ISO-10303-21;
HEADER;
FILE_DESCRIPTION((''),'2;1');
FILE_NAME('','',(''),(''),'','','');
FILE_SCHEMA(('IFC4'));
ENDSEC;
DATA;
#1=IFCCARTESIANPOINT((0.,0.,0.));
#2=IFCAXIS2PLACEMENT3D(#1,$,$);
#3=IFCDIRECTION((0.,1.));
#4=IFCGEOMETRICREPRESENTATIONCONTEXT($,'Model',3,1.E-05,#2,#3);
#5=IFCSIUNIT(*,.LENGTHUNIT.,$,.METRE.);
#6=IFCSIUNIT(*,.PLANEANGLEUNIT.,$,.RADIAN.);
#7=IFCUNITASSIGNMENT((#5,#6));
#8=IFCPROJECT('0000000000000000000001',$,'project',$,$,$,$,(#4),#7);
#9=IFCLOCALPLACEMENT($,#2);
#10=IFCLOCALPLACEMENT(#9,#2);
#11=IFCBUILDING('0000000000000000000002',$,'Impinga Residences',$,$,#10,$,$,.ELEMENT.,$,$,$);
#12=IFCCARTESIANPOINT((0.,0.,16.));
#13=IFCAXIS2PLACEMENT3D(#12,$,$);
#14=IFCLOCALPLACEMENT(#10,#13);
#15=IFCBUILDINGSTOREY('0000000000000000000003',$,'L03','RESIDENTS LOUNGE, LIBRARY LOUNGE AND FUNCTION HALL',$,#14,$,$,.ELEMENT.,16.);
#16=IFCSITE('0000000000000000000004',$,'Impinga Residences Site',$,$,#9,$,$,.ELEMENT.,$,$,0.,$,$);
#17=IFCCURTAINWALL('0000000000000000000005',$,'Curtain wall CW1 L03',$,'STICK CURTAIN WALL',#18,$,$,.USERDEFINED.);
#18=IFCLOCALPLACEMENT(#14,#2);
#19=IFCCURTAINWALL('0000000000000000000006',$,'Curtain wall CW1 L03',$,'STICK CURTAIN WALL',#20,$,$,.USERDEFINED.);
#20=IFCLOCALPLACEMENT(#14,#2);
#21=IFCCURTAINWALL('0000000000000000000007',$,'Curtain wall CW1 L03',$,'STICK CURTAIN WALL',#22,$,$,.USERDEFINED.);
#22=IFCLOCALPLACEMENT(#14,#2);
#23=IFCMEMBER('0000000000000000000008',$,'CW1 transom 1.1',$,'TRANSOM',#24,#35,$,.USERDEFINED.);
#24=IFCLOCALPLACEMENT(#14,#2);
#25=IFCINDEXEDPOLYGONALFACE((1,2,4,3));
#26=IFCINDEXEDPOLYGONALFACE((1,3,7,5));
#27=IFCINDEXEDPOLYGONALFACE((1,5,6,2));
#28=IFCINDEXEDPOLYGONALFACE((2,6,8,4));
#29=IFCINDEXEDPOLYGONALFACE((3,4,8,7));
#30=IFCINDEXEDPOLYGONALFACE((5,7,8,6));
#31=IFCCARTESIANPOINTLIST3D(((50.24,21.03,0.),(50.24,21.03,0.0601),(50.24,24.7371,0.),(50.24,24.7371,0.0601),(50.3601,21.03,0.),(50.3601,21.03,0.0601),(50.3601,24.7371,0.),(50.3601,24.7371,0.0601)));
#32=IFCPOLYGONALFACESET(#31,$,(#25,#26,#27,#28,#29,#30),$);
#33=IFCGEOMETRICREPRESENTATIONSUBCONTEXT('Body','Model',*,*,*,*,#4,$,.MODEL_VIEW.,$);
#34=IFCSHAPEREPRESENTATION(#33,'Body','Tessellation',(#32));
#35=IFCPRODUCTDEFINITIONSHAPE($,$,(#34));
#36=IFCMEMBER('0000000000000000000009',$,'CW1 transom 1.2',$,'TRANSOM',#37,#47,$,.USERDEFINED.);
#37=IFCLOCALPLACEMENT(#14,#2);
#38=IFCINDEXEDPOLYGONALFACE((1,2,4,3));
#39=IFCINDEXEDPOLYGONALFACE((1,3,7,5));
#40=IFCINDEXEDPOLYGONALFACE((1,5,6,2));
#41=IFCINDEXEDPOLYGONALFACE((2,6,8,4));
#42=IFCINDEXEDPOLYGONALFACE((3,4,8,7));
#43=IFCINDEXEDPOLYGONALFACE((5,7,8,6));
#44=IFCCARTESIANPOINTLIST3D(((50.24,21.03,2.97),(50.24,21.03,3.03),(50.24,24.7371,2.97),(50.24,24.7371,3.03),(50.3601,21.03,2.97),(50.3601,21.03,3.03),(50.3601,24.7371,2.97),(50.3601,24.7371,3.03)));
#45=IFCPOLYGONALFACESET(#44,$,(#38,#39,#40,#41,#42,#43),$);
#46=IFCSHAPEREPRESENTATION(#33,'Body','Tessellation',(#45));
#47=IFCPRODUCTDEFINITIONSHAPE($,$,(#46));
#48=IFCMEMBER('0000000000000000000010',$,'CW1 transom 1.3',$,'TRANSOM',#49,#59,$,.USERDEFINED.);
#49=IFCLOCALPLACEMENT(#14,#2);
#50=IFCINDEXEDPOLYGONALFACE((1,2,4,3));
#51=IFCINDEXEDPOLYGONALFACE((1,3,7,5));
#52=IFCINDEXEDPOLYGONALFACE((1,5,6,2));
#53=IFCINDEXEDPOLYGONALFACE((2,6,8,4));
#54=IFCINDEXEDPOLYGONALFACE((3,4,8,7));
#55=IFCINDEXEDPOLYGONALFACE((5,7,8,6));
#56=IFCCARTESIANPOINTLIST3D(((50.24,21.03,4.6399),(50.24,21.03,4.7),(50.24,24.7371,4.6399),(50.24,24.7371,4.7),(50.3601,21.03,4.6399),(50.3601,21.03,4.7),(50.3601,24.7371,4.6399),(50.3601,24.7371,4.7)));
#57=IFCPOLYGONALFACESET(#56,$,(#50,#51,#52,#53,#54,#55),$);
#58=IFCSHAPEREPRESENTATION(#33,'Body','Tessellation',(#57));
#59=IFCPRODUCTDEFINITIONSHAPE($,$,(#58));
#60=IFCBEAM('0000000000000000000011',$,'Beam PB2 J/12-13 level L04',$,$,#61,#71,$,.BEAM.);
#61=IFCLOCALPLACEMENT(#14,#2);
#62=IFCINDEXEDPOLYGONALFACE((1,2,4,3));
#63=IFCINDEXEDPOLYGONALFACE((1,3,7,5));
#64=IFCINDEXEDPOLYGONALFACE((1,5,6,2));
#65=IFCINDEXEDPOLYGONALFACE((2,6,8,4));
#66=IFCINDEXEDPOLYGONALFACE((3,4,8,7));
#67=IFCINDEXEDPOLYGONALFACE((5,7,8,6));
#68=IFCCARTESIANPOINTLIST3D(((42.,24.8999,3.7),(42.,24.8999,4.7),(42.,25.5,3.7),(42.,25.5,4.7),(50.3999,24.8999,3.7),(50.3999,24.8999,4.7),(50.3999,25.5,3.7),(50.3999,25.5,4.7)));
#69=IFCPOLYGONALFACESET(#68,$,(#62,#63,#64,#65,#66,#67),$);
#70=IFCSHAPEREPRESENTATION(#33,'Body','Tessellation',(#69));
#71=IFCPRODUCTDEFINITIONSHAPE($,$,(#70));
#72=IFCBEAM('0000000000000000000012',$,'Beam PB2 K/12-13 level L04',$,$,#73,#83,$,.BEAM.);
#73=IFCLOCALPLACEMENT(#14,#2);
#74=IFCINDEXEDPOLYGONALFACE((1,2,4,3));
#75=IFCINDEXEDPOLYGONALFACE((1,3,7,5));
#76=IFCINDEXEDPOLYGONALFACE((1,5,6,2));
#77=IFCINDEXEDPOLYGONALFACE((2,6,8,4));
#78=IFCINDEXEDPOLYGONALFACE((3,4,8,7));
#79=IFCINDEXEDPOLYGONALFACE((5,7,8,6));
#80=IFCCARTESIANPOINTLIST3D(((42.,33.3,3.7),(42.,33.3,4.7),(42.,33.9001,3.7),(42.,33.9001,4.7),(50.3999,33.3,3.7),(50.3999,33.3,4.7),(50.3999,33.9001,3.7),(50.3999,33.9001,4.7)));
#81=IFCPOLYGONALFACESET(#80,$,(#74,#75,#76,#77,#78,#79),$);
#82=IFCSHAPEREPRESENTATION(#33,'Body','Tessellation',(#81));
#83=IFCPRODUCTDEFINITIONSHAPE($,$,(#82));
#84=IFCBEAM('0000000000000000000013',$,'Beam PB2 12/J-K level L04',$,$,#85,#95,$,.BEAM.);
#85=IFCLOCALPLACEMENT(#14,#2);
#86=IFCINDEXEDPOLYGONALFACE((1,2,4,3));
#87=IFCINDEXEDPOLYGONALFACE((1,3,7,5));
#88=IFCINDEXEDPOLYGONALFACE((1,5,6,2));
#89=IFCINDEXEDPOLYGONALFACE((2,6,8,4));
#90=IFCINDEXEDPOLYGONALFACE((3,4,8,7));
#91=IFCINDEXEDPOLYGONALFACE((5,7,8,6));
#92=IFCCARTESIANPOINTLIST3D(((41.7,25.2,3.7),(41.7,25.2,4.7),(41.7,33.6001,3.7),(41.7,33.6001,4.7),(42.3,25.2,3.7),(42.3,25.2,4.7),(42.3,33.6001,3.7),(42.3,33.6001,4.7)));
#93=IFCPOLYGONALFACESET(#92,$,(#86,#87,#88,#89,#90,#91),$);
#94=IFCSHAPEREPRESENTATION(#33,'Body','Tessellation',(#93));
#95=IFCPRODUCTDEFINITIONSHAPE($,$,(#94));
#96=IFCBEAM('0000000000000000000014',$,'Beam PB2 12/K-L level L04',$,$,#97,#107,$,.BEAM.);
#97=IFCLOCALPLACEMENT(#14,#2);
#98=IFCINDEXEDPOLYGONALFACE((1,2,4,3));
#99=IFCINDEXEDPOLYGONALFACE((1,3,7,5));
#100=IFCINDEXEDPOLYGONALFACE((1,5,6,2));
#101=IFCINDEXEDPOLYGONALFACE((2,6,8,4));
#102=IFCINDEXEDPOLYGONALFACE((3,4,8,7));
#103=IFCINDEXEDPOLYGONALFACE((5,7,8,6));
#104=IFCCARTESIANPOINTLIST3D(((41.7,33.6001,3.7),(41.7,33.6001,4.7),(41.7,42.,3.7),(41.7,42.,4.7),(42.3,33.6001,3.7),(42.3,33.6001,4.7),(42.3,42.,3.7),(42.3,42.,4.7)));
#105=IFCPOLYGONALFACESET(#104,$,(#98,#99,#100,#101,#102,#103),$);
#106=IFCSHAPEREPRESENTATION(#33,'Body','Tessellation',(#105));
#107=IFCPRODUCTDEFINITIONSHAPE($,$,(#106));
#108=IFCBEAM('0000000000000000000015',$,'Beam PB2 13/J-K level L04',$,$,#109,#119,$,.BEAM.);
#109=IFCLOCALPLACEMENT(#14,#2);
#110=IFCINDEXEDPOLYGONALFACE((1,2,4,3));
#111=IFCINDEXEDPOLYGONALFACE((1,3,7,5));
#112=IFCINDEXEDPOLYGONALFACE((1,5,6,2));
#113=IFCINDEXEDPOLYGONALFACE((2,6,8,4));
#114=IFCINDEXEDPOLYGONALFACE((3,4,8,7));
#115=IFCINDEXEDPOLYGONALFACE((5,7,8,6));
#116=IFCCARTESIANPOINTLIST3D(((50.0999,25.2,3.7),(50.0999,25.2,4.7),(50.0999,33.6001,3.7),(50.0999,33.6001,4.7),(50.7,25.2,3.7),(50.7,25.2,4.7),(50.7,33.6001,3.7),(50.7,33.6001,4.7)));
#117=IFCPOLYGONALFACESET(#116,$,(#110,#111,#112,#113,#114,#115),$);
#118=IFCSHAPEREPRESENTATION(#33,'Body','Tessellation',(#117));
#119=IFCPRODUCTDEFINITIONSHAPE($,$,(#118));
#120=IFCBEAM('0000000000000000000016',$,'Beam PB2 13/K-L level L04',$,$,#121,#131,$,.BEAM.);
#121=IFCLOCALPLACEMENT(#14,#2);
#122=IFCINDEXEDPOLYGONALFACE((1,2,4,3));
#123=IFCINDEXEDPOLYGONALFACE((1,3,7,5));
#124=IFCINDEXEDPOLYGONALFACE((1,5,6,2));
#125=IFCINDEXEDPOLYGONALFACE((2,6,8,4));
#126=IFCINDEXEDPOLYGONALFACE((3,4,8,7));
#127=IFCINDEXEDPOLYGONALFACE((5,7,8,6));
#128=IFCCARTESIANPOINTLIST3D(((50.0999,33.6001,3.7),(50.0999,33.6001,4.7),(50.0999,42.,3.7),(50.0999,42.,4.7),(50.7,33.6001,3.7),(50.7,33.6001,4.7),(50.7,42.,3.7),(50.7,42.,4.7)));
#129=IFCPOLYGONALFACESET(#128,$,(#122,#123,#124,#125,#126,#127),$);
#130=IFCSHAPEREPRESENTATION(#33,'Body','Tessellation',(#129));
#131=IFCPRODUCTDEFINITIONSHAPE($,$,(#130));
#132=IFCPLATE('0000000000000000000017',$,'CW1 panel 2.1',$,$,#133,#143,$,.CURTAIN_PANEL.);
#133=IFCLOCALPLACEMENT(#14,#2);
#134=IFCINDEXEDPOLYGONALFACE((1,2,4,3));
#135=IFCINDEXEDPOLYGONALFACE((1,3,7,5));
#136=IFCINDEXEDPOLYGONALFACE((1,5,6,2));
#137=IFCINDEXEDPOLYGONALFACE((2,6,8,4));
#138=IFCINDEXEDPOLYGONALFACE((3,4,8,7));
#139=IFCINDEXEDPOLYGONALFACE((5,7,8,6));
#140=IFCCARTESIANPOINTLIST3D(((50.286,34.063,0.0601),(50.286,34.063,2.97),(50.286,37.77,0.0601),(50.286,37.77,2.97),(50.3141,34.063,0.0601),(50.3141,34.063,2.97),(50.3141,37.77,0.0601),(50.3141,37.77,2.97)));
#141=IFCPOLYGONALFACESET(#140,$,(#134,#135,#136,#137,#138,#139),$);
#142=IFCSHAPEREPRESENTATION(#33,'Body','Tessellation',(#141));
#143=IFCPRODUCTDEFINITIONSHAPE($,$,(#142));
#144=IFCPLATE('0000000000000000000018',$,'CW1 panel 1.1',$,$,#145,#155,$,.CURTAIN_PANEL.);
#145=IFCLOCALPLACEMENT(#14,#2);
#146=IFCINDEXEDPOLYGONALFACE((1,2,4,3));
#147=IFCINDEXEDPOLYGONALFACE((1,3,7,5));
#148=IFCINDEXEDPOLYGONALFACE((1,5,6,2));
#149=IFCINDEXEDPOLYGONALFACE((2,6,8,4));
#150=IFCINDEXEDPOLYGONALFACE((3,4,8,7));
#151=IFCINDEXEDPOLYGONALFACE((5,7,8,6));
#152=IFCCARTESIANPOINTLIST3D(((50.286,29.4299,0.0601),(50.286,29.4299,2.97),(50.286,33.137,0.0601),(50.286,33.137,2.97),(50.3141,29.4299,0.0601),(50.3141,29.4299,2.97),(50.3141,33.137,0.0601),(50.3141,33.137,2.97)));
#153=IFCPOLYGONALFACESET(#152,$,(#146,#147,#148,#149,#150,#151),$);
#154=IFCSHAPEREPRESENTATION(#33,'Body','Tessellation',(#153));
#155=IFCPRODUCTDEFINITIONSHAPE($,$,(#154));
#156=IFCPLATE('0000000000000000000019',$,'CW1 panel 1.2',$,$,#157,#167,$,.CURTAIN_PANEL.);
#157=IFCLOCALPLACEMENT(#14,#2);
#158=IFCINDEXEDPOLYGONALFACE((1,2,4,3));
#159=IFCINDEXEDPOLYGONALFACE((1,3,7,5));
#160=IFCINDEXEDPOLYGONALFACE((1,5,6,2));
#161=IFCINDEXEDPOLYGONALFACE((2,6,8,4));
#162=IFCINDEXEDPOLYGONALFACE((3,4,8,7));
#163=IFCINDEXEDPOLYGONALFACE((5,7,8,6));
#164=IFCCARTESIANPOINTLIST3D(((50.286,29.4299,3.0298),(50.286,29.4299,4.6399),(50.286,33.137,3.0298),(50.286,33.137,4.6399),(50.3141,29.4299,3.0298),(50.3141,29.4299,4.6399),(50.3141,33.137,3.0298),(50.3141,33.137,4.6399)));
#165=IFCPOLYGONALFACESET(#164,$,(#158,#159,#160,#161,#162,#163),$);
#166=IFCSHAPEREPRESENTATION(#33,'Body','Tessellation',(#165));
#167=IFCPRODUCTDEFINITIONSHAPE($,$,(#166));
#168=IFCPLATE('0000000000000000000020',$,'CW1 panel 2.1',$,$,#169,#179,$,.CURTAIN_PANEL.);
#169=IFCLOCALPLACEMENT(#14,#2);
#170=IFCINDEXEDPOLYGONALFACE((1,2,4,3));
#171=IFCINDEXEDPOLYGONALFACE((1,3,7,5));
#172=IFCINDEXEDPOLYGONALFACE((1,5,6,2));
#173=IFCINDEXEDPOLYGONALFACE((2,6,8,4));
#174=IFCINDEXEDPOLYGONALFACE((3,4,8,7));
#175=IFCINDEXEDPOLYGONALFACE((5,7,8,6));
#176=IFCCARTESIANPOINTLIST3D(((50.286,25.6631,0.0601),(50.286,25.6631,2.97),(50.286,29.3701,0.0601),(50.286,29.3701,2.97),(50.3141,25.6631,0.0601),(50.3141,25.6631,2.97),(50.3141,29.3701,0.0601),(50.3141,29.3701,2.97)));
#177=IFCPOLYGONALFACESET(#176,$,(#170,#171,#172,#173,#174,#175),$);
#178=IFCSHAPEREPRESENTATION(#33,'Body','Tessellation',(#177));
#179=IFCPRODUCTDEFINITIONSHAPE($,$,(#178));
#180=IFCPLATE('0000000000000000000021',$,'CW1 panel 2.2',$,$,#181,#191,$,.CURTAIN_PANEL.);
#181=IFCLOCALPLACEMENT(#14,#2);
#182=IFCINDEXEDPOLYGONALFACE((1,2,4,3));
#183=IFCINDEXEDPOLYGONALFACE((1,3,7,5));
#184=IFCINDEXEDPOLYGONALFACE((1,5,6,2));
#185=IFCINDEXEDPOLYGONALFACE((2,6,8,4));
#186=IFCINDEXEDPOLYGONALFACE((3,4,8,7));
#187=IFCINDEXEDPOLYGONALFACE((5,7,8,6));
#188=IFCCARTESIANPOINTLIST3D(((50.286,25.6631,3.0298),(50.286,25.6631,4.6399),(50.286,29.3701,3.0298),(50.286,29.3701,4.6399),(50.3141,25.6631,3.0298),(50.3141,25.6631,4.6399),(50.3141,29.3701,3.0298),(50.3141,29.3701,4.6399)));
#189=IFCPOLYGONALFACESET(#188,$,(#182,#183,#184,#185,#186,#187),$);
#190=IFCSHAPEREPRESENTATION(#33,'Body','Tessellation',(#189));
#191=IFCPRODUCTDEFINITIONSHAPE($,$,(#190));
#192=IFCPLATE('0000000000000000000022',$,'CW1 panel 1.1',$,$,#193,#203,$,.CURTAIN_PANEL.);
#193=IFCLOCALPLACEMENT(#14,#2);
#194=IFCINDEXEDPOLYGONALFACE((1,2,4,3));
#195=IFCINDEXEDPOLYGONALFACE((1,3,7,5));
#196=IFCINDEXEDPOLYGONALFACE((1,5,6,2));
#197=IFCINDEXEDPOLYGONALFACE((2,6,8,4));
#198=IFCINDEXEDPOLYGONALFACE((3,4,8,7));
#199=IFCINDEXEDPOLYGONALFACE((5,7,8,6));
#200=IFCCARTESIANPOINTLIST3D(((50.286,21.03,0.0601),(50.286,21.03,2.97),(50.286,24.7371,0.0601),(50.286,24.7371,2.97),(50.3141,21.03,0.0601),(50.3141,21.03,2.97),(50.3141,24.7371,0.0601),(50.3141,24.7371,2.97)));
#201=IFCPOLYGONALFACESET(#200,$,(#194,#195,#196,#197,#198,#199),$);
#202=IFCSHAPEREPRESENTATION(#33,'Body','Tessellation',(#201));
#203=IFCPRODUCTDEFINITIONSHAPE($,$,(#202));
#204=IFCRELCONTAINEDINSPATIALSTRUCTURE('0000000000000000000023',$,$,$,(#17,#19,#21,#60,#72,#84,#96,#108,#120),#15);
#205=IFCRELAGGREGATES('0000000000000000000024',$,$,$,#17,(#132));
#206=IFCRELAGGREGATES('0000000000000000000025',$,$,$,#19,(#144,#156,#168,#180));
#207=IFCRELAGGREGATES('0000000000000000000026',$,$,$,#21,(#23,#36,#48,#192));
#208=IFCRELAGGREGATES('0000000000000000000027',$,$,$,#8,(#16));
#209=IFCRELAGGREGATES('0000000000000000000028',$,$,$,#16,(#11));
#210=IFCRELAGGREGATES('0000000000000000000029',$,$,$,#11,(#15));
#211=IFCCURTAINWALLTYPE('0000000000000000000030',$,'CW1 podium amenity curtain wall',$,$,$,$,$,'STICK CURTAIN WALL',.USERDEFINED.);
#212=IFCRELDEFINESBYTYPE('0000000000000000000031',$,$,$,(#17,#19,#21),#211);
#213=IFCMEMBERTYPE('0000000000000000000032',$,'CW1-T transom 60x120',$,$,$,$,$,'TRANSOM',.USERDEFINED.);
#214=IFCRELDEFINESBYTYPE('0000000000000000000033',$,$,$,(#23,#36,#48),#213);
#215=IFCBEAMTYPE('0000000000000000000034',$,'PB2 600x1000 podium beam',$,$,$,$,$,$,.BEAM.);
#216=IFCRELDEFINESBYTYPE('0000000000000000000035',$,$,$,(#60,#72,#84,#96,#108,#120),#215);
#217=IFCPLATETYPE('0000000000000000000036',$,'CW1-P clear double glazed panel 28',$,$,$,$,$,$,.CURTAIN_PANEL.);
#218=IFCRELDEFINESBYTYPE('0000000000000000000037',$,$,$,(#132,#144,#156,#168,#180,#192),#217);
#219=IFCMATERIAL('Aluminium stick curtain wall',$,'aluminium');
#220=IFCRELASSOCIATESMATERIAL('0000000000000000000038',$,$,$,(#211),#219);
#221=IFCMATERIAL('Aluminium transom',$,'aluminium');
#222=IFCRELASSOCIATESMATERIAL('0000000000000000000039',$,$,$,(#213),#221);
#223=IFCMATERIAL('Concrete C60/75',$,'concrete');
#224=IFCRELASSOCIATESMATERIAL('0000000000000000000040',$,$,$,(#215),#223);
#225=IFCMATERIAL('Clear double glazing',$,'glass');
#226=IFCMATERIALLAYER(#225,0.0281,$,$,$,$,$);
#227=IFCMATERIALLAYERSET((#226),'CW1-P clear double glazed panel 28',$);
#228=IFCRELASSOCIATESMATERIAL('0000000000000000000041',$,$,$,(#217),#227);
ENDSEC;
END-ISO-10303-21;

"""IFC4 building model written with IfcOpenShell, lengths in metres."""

from ifc_helpers import new_model, si_unit, direction, frame, origin, origin_2d, place, context, subcontext, project, spatial, rectangle, extrude, material, layer, layer_set, material_profile, profile_set, type_object, element, aggregate, save


model = new_model("IFC4")

# Units and contexts
model_context = context("Model", 3, precision=1e-05, world=origin(), true_north=direction((0.0, 1.0)))
body_context = subcontext(model_context, "Body", "Model", "MODEL_VIEW")
ifc_project = project(units=[si_unit("LENGTHUNIT", "METRE"), si_unit("PLANEANGLEUNIT", "RADIAN")], contexts=[model_context])

# Site, building, storey
site_placement = place(None, origin())
site = spatial("IfcSite", under=ifc_project, at=site_placement, Name="Impinga Residences Site", CompositionType="ELEMENT", RefElevation=0.0)
building_placement = place(site_placement, origin())
building = spatial("IfcBuilding", under=site, at=building_placement, Name="Impinga Residences", CompositionType="ELEMENT")
storey_placement = place(building_placement, frame((0.0, 0.0, 16.0)))
storey = spatial("IfcBuildingStorey", under=building, at=storey_placement, Name="L03", Description="RESIDENTS LOUNGE, LIBRARY LOUNGE AND FUNCTION HALL", CompositionType="ELEMENT", Elevation=16.0)

# Curtain wall
ifc_material_1 = material(Name="Aluminium stick curtain wall", Category="aluminium")
curtain_wall_type = type_object("IfcCurtainWallType", Name="CW1 podium amenity curtain wall", ElementType="STICK CURTAIN WALL", PredefinedType="USERDEFINED", material=ifc_material_1)
curtain_wall_1_placement = place(storey_placement, origin())
curtain_wall_1 = element("IfcCurtainWall", 1, at=curtain_wall_1_placement, inside=storey, type_object=curtain_wall_type, Name="Curtain wall CW1 L03", ObjectType="STICK CURTAIN WALL", PredefinedType="USERDEFINED")

# Curtain wall
curtain_wall_2_placement = place(storey_placement, origin())
curtain_wall_2 = element("IfcCurtainWall", 2, at=curtain_wall_2_placement, inside=storey, type_object=curtain_wall_type, Name="Curtain wall CW1 L03", ObjectType="STICK CURTAIN WALL", PredefinedType="USERDEFINED")

# Curtain wall
curtain_wall_3_placement = place(storey_placement, origin())
curtain_wall_3 = element("IfcCurtainWall", 3, at=curtain_wall_3_placement, inside=storey, type_object=curtain_wall_type, Name="Curtain wall CW1 L03", ObjectType="STICK CURTAIN WALL", PredefinedType="USERDEFINED")

# Members
ifc_material_2 = material(Name="Aluminium transom", Category="aluminium")
ifc_material_profile_1 = material_profile(ifc_material_2, rectangle(XDim=0.0601, YDim=0.1201, at=origin_2d()), Name="60x120 transom")
ifc_profile_set_1 = profile_set([ifc_material_profile_1], Name="Aluminium transom")
member_type_1 = type_object("IfcMemberType", Name="CW1-T transom 60x120", ElementType="TRANSOM", PredefinedType="USERDEFINED", material=ifc_profile_set_1)
member_1_placement = place(storey_placement, frame((50.3, 24.7371, 0.03), z_axis=(0.0, -1.0, 0.0), x_axis=(0.0, 0.0, 1.0)))
member_1 = element("IfcMember", 4, at=member_1_placement, type_object=member_type_1, Name="CW1 transom 1.1", ObjectType="TRANSOM", PredefinedType="USERDEFINED", context=body_context, shape_type="SweptSolid", body=[
    extrude(rectangle(XDim=0.0601, YDim=0.1201, at=origin_2d()), origin(), (0.0, 0.0, 1.0), 3.707),
])
member_2_placement = place(storey_placement, frame((50.3, 24.7371, 3.0), z_axis=(0.0, -1.0, 0.0), x_axis=(0.0, 0.0, 1.0)))
member_2 = element("IfcMember", 5, at=member_2_placement, type_object=member_type_1, Name="CW1 transom 1.2", ObjectType="TRANSOM", PredefinedType="USERDEFINED", context=body_context, shape_type="SweptSolid", body=[
    extrude(rectangle(XDim=0.0601, YDim=0.1201, at=origin_2d()), origin(), (0.0, 0.0, 1.0), 3.707),
])
member_3_placement = place(storey_placement, frame((50.3, 24.7371, 4.6699), z_axis=(0.0, -1.0, 0.0), x_axis=(0.0, 0.0, 1.0)))
member_3 = element("IfcMember", 6, at=member_3_placement, type_object=member_type_1, Name="CW1 transom 1.3", ObjectType="TRANSOM", PredefinedType="USERDEFINED", context=body_context, shape_type="SweptSolid", body=[
    extrude(rectangle(XDim=0.0601, YDim=0.1201, at=origin_2d()), origin(), (0.0, 0.0, 1.0), 3.707),
])

# Beams
ifc_material_3 = material(Name="Concrete C60/75", Category="concrete")
ifc_material_profile_2 = material_profile(ifc_material_3, rectangle(XDim=0.6001, YDim=1.0, at=origin_2d()), Name="RC 600x1000")
ifc_profile_set_2 = profile_set([ifc_material_profile_2], Name="Concrete C60/75")
beam_type = type_object("IfcBeamType", Name="PB2 600x1000 podium beam", PredefinedType="BEAM", material=ifc_profile_set_2)
for number, where, z_axis, x_axis, name in (
    (7, (42.0, 25.2, 4.2), (1.0, 0.0, 0.0), (0.0, 1.0, 0.0), "Beam PB2 J/12-13 level L04"),
    (8, (42.0, 33.6001, 4.2), (1.0, 0.0, 0.0), (0.0, 1.0, 0.0), "Beam PB2 K/12-13 level L04"),
):
    element("IfcBeam", number, at=place(storey_placement, frame(where, z_axis=z_axis, x_axis=x_axis)), inside=storey, type_object=beam_type, Name=name, PredefinedType="BEAM", context=body_context, shape_type="SweptSolid", body=[
        extrude(rectangle(XDim=0.6001, YDim=1.0, at=origin_2d()), origin(), (0.0, 0.0, 1.0), 8.3999),
    ])
beam_1_placement = place(storey_placement, frame((42.0, 25.2, 4.2), z_axis=(0.0, 1.0, 0.0), x_axis=(-1.0, 0.0, 0.0)))
element("IfcBeam", 9, at=beam_1_placement, inside=storey, type_object=beam_type, Name="Beam PB2 12/J-K level L04", PredefinedType="BEAM", context=body_context, shape_type="SweptSolid", body=[
    extrude(rectangle(XDim=0.6001, YDim=1.0, at=origin_2d()), origin(), (0.0, 0.0, 1.0), 8.4001),
])
beam_2_placement = place(storey_placement, frame((42.0, 33.6001, 4.2), z_axis=(0.0, 1.0, 0.0), x_axis=(-1.0, 0.0, 0.0)))
element("IfcBeam", 10, at=beam_2_placement, inside=storey, type_object=beam_type, Name="Beam PB2 12/K-L level L04", PredefinedType="BEAM", context=body_context, shape_type="SweptSolid", body=[
    extrude(rectangle(XDim=0.6001, YDim=1.0, at=origin_2d()), origin(), (0.0, 0.0, 1.0), 8.3999),
])
beam_3_placement = place(storey_placement, frame((50.3999, 25.2, 4.2), z_axis=(0.0, 1.0, 0.0), x_axis=(-1.0, 0.0, 0.0)))
element("IfcBeam", 11, at=beam_3_placement, inside=storey, type_object=beam_type, Name="Beam PB2 13/J-K level L04", PredefinedType="BEAM", context=body_context, shape_type="SweptSolid", body=[
    extrude(rectangle(XDim=0.6001, YDim=1.0, at=origin_2d()), origin(), (0.0, 0.0, 1.0), 8.4001),
])
beam_4_placement = place(storey_placement, frame((50.3999, 33.6001, 4.2), z_axis=(0.0, 1.0, 0.0), x_axis=(-1.0, 0.0, 0.0)))
element("IfcBeam", 12, at=beam_4_placement, inside=storey, type_object=beam_type, Name="Beam PB2 13/K-L level L04", PredefinedType="BEAM", context=body_context, shape_type="SweptSolid", body=[
    extrude(rectangle(XDim=0.6001, YDim=1.0, at=origin_2d()), origin(), (0.0, 0.0, 1.0), 8.3999),
])

# Plates
ifc_material_4 = material(Name="Clear double glazing", Category="glass")
ifc_layer = layer(ifc_material_4, 0.0281)
ifc_layer_set = layer_set([ifc_layer], Name="CW1-P clear double glazed panel 28")
plate_type = type_object("IfcPlateType", Name="CW1-P clear double glazed panel 28", PredefinedType="CURTAIN_PANEL", material=ifc_layer_set)
plate_1_placement = place(storey_placement, frame((50.3, 35.9165, 0.0601), z_axis=(0.0, 0.0, 1.0), x_axis=(0.0, -1.0, 0.0)))
plate_1 = element("IfcPlate", 13, at=plate_1_placement, type_object=plate_type, Name="CW1 panel 2.1", PredefinedType="CURTAIN_PANEL", context=body_context, shape_type="SweptSolid", body=[
    extrude(rectangle(XDim=3.707, YDim=0.0281, at=origin_2d()), origin(), (0.0, 0.0, 1.0), 2.9099),
])
aggregate(curtain_wall_1, [plate_1])
plate_2_placement = place(storey_placement, frame((50.3, 31.2834, 0.0601), z_axis=(0.0, 0.0, 1.0), x_axis=(0.0, -1.0, 0.0)))
plate_2 = element("IfcPlate", 14, at=plate_2_placement, type_object=plate_type, Name="CW1 panel 1.1", PredefinedType="CURTAIN_PANEL", context=body_context, shape_type="SweptSolid", body=[
    extrude(rectangle(XDim=3.707, YDim=0.0281, at=origin_2d()), origin(), (0.0, 0.0, 1.0), 2.9099),
])
plate_3_placement = place(storey_placement, frame((50.3, 31.2834, 3.0298), z_axis=(0.0, 0.0, 1.0), x_axis=(0.0, -1.0, 0.0)))
plate_3 = element("IfcPlate", 15, at=plate_3_placement, type_object=plate_type, Name="CW1 panel 1.2", PredefinedType="CURTAIN_PANEL", context=body_context, shape_type="SweptSolid", body=[
    extrude(rectangle(XDim=3.707, YDim=0.0281, at=origin_2d()), origin(), (0.0, 0.0, 1.0), 1.6101),
])
plate_4_placement = place(storey_placement, frame((50.3, 27.5166, 0.0601), z_axis=(0.0, 0.0, 1.0), x_axis=(0.0, -1.0, 0.0)))
plate_4 = element("IfcPlate", 16, at=plate_4_placement, type_object=plate_type, Name="CW1 panel 2.1", PredefinedType="CURTAIN_PANEL", context=body_context, shape_type="SweptSolid", body=[
    extrude(rectangle(XDim=3.707, YDim=0.0281, at=origin_2d()), origin(), (0.0, 0.0, 1.0), 2.9099),
])
plate_5_placement = place(storey_placement, frame((50.3, 27.5166, 3.0298), z_axis=(0.0, 0.0, 1.0), x_axis=(0.0, -1.0, 0.0)))
plate_5 = element("IfcPlate", 17, at=plate_5_placement, type_object=plate_type, Name="CW1 panel 2.2", PredefinedType="CURTAIN_PANEL", context=body_context, shape_type="SweptSolid", body=[
    extrude(rectangle(XDim=3.707, YDim=0.0281, at=origin_2d()), origin(), (0.0, 0.0, 1.0), 1.6101),
])
aggregate(curtain_wall_2, [plate_2, plate_3, plate_4, plate_5])
plate_6_placement = place(storey_placement, frame((50.3, 22.8835, 0.0601), z_axis=(0.0, 0.0, 1.0), x_axis=(0.0, -1.0, 0.0)))
plate_6 = element("IfcPlate", 18, at=plate_6_placement, type_object=plate_type, Name="CW1 panel 1.1", PredefinedType="CURTAIN_PANEL", context=body_context, shape_type="SweptSolid", body=[
    extrude(rectangle(XDim=3.707, YDim=0.0281, at=origin_2d()), origin(), (0.0, 0.0, 1.0), 2.9099),
])
aggregate(curtain_wall_3, [member_1, member_2, member_3, plate_6])

save(model, "model.ifc")
